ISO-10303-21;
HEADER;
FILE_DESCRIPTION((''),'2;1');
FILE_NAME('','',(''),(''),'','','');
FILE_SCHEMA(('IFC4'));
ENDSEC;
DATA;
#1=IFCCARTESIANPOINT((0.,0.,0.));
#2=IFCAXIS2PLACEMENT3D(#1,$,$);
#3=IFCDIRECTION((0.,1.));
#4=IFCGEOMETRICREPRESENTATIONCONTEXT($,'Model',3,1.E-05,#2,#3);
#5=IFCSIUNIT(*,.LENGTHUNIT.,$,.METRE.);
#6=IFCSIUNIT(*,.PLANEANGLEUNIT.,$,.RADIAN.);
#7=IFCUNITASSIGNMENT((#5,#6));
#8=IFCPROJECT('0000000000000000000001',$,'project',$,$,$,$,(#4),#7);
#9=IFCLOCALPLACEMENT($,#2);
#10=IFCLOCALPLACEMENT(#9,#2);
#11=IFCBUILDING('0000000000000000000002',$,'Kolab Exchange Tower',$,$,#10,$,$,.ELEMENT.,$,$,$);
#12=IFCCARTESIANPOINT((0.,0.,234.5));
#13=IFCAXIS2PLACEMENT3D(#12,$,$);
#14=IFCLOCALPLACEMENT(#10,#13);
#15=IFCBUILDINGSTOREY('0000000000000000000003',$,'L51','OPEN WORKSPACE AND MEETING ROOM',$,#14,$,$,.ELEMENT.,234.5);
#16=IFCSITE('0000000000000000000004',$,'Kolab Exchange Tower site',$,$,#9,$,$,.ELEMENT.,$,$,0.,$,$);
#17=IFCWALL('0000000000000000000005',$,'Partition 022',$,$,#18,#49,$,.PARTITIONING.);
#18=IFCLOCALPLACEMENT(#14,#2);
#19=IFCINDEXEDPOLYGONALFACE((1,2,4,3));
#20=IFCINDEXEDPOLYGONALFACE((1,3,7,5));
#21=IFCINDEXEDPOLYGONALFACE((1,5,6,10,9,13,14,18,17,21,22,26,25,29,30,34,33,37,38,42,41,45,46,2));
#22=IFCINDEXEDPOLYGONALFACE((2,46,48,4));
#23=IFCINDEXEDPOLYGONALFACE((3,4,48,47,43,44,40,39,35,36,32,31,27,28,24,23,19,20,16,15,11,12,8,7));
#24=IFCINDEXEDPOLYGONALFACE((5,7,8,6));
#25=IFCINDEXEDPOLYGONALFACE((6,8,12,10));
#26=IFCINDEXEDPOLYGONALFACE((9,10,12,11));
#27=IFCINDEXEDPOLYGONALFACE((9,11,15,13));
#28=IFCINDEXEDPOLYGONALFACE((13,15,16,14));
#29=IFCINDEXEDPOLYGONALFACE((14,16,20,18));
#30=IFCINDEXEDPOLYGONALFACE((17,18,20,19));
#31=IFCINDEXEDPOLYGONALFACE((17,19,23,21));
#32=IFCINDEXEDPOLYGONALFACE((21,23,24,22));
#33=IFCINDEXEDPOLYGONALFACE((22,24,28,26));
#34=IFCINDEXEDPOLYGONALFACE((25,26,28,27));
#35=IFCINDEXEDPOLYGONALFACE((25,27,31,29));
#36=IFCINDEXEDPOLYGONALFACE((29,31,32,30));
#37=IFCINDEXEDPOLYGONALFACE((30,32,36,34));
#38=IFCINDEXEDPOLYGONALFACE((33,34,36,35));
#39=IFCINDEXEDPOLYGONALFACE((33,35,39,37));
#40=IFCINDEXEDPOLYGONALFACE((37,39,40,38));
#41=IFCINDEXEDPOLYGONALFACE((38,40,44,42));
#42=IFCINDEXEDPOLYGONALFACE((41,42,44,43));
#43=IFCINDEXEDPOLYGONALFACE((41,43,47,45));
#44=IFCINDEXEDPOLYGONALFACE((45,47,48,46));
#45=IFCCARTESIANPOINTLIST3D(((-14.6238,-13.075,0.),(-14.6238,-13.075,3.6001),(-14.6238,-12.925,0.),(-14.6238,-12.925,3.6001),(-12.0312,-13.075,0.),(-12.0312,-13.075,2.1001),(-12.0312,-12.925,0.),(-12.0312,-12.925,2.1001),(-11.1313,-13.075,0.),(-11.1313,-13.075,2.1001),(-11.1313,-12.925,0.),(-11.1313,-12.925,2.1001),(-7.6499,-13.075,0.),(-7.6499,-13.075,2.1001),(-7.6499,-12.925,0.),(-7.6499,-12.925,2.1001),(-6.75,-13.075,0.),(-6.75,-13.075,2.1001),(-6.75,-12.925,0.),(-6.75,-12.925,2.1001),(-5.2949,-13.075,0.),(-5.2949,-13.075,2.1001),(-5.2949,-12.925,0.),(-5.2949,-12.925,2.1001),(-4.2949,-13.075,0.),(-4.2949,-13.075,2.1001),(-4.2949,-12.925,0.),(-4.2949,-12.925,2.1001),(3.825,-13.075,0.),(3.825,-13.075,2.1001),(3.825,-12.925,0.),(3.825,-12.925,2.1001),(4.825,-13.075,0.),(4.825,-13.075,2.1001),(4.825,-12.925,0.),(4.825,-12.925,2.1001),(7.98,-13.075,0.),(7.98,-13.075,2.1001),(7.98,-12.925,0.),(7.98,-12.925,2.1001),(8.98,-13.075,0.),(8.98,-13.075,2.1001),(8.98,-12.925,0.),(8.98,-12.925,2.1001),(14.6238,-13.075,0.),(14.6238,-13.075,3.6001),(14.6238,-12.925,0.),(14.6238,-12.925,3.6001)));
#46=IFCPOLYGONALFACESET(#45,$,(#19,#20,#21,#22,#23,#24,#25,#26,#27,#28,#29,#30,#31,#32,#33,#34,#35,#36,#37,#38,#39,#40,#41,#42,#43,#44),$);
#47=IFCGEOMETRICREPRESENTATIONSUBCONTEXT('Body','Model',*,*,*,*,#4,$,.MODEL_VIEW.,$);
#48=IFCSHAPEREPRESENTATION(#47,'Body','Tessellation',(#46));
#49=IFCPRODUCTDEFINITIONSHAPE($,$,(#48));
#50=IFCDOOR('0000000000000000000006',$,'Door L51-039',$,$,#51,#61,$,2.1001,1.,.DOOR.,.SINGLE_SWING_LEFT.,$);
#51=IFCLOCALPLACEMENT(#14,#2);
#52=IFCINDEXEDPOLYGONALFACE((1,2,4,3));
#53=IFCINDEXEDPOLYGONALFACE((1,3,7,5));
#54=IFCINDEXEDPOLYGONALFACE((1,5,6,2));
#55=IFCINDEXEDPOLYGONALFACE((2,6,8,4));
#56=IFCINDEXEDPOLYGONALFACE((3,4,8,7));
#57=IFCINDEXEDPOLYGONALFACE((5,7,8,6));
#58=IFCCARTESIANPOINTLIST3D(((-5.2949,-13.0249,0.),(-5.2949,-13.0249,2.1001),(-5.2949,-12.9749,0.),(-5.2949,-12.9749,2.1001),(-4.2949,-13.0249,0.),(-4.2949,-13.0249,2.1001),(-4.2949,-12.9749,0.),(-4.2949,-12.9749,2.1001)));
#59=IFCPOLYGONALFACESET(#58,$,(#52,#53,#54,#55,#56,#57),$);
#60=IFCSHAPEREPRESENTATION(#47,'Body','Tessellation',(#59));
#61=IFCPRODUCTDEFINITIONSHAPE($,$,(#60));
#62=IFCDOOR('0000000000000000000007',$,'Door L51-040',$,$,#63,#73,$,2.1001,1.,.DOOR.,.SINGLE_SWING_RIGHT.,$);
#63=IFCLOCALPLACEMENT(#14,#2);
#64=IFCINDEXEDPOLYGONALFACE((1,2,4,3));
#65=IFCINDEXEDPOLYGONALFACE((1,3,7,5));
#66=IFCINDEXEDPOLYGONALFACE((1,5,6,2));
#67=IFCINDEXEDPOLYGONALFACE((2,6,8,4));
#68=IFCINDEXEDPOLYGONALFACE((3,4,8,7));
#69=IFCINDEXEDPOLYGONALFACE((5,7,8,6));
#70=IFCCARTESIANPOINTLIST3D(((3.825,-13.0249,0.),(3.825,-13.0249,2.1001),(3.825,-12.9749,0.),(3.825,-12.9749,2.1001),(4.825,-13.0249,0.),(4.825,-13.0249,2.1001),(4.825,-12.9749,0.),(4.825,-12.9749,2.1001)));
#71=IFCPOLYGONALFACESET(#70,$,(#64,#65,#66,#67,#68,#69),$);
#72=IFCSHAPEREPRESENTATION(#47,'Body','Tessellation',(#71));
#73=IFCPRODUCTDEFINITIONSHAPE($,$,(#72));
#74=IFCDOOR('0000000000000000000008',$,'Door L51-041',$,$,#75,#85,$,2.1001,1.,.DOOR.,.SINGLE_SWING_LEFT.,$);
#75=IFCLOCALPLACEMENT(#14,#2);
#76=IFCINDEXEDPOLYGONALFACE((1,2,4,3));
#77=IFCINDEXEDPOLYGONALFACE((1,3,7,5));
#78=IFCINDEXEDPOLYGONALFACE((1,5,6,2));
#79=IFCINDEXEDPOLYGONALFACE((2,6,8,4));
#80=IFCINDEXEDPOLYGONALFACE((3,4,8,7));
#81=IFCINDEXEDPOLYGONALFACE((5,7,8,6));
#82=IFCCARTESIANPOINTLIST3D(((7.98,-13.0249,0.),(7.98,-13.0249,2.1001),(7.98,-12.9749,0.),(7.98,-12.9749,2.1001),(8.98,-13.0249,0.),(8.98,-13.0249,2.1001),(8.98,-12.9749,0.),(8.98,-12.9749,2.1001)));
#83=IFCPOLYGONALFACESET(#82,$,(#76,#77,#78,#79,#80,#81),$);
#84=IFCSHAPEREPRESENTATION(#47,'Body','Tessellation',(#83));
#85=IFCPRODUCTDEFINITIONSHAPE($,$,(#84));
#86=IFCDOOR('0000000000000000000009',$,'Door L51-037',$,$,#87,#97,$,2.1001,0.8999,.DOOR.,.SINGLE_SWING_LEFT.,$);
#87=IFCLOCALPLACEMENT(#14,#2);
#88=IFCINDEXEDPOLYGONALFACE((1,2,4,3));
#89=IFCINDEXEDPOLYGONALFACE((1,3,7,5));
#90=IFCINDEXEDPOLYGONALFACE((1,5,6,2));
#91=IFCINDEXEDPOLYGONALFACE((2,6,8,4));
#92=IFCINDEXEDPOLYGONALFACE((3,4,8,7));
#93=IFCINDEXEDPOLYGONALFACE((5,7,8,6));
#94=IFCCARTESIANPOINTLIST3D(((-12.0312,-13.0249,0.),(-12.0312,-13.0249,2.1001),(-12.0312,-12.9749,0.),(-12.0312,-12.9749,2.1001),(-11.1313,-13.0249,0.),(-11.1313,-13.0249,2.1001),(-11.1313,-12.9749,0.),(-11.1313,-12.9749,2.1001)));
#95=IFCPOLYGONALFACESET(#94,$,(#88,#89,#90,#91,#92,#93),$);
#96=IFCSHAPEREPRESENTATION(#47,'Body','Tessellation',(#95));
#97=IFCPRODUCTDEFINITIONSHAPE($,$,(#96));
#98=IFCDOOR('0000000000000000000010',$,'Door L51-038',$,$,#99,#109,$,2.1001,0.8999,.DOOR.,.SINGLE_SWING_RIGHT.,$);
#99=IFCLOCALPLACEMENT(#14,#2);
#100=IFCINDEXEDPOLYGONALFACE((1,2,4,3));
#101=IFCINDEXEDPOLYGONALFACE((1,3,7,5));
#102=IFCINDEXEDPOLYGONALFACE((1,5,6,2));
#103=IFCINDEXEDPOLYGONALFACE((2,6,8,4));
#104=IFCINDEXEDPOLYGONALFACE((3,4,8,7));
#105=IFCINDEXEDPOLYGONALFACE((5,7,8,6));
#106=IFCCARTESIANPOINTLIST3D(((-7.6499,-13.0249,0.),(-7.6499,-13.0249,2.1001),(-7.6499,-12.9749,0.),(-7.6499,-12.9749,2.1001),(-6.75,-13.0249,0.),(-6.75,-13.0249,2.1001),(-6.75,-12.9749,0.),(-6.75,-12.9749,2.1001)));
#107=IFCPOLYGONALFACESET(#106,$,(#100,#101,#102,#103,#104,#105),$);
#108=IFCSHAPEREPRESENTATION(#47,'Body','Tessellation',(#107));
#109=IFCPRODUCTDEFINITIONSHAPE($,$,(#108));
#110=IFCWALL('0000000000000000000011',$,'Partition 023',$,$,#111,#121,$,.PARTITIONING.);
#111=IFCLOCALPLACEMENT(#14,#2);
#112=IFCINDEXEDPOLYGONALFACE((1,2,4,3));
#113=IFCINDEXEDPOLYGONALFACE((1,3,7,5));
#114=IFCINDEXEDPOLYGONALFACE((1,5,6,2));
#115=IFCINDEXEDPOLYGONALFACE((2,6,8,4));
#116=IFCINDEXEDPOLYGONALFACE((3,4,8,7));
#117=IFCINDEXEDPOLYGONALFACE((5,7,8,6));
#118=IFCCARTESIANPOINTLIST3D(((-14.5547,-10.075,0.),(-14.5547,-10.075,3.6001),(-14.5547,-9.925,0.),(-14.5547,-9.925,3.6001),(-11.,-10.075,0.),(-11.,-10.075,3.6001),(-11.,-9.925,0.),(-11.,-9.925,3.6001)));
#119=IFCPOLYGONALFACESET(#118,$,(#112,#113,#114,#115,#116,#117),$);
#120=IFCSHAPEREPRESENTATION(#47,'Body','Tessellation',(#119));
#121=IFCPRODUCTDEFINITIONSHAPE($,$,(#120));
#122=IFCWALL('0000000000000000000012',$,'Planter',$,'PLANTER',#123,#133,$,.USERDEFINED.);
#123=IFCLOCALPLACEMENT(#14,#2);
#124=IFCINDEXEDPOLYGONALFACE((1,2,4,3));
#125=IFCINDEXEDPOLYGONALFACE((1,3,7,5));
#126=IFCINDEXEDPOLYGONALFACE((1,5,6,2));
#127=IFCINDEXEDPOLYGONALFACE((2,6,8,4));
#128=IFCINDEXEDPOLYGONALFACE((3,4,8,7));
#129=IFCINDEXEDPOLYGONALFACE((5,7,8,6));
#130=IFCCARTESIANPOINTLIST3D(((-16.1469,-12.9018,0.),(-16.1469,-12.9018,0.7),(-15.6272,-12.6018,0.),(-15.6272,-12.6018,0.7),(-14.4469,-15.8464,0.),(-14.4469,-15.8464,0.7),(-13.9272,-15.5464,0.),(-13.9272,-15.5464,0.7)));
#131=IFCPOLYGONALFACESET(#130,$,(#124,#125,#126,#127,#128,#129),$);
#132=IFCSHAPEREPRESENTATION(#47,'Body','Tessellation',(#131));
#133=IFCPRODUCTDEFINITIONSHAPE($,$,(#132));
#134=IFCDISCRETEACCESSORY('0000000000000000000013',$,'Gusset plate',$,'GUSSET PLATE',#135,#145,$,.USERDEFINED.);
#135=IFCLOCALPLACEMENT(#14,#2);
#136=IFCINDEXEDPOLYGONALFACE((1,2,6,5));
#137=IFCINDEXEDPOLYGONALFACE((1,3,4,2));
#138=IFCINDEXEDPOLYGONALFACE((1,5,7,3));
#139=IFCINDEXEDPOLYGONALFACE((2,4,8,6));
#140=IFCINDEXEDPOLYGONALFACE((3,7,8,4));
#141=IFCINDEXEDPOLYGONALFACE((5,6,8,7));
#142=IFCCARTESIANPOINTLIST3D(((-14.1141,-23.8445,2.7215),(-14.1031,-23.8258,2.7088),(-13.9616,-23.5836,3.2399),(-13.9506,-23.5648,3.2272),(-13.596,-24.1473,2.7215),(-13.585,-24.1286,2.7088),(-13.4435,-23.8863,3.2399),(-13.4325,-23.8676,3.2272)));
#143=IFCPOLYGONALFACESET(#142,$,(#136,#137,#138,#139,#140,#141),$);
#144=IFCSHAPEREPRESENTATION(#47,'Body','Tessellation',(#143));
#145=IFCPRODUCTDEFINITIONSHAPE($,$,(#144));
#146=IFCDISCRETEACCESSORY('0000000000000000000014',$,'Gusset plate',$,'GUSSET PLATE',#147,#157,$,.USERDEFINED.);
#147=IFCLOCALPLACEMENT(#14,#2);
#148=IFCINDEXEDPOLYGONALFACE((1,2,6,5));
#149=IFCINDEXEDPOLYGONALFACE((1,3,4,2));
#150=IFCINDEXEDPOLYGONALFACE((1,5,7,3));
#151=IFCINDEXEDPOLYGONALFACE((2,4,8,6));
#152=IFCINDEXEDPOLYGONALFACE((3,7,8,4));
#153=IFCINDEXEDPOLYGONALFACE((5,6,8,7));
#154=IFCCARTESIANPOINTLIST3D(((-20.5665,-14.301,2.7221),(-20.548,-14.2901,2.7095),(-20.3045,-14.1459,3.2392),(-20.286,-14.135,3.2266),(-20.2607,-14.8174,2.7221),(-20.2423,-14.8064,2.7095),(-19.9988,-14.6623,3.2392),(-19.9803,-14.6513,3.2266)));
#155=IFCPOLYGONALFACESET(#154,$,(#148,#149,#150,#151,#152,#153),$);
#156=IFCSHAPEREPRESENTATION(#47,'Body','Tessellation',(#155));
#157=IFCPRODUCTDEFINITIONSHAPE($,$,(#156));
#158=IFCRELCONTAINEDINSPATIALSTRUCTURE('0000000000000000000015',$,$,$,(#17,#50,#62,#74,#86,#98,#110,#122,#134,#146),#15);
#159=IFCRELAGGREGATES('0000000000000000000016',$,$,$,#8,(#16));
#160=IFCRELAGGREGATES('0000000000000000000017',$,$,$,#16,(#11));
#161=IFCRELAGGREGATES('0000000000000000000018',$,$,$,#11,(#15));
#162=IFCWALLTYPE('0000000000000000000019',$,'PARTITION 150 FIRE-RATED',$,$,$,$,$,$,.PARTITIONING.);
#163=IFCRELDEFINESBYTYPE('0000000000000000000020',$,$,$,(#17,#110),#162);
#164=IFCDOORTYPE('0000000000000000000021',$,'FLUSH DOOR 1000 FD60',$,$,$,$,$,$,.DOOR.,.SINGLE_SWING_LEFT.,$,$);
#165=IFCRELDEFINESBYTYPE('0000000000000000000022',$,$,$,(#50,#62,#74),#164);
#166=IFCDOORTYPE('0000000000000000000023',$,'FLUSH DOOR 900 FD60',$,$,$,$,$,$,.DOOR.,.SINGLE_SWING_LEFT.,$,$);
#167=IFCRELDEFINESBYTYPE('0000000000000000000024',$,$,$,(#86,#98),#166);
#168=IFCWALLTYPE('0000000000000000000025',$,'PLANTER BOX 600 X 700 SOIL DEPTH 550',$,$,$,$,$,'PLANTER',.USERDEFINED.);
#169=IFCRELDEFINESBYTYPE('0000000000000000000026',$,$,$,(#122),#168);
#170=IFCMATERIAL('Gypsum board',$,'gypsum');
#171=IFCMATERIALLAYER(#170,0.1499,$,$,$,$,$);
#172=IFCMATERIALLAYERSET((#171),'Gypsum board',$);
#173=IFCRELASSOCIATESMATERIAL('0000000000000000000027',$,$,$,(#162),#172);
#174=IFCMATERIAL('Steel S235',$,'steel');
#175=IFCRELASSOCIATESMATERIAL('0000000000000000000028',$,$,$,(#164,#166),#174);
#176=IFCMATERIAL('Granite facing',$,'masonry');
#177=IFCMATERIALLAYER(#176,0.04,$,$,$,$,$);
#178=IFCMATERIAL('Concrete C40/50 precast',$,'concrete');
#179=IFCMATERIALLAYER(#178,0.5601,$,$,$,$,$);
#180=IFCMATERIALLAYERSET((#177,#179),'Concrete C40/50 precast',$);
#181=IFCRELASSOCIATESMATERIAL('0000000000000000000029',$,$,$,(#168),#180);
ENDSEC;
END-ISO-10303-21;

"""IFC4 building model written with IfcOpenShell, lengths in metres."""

from ifc_helpers import new_model, si_unit, direction, frame, frame_2d, origin, origin_2d, place, context, subcontext, project, spatial, rectangle, extrude, material, layer, layer_set, type_object, element, fill, save


model = new_model("IFC4")

# Units and contexts
model_context = context("Model", 3, precision=1e-05, world=origin(), true_north=direction((0.0, 1.0)))
body_context = subcontext(model_context, "Body", "Model", "MODEL_VIEW")
ifc_project = project(units=[si_unit("LENGTHUNIT", "METRE"), si_unit("PLANEANGLEUNIT", "RADIAN")], contexts=[model_context])

# Site, building, storey
site_placement = place(None, origin())
site = spatial("IfcSite", under=ifc_project, at=site_placement, Name="Kolab Exchange Tower site", CompositionType="ELEMENT", RefElevation=0.0)
building_placement = place(site_placement, origin())
building = spatial("IfcBuilding", under=site, at=building_placement, Name="Kolab Exchange Tower", CompositionType="ELEMENT")
storey_placement = place(building_placement, frame((0.0, 0.0, 234.5)))
storey = spatial("IfcBuildingStorey", under=building, at=storey_placement, Name="L51", Description="OPEN WORKSPACE AND MEETING ROOM", CompositionType="ELEMENT", Elevation=234.5)

# Wall, openings, doors
ifc_material_1 = material(Name="Gypsum board", Category="gypsum")
ifc_layer_1 = layer(ifc_material_1, 0.1499)
ifc_layer_set_1 = layer_set([ifc_layer_1], Name="Gypsum board")
wall_type_1 = type_object("IfcWallType", Name="PARTITION 150 FIRE-RATED", PredefinedType="PARTITIONING", material=ifc_layer_set_1)
wall_1_placement = place(storey_placement, frame((-14.6238, -13.0, 0.0), z_axis=(0.0, 0.0, 1.0), x_axis=(1.0, 0.0, 0.0)))
wall_1 = element("IfcWall", 1, at=wall_1_placement, inside=storey, type_object=wall_type_1, Name="Partition 022", PredefinedType="PARTITIONING", context=body_context, shape_type="SweptSolid", body=[
    extrude(rectangle(XDim=29.2476, YDim=0.1499, at=frame_2d((14.6238, 0.0))), origin(), (0.0, 0.0, 1.0), 3.6001),
])
opening_1_placement = place(wall_1_placement, frame((2.5925, 0.0, 0.0)))
opening_1 = element("IfcOpeningElement", 2, at=opening_1_placement, cuts=wall_1, PredefinedType="OPENING", context=body_context, shape_type="SweptSolid", body=[
    extrude(rectangle(XDim=0.8999, YDim=2.1001, at=frame_2d((0.45, 1.05))), frame((0.0, 0.085, 0.0), z_axis=(0.0, -1.0, 0.0), x_axis=(1.0, 0.0, 0.0)), (0.0, 0.0, 1.0), 0.1699),
])
opening_2_placement = place(wall_1_placement, frame((6.9739, 0.0, 0.0)))
opening_2 = element("IfcOpeningElement", 3, at=opening_2_placement, cuts=wall_1, PredefinedType="OPENING", context=body_context, shape_type="SweptSolid", body=[
    extrude(rectangle(XDim=0.8999, YDim=2.1001, at=frame_2d((0.45, 1.05))), frame((0.0, 0.085, 0.0), z_axis=(0.0, -1.0, 0.0), x_axis=(1.0, 0.0, 0.0)), (0.0, 0.0, 1.0), 0.1699),
])
opening_3_placement = place(wall_1_placement, frame((9.3289, 0.0, 0.0)))
opening_3 = element("IfcOpeningElement", 4, at=opening_3_placement, cuts=wall_1, PredefinedType="OPENING", context=body_context, shape_type="SweptSolid", body=[
    extrude(rectangle(XDim=1.0, YDim=2.1001, at=frame_2d((0.5, 1.05))), frame((0.0, 0.085, 0.0), z_axis=(0.0, -1.0, 0.0), x_axis=(1.0, 0.0, 0.0)), (0.0, 0.0, 1.0), 0.1699),
])
opening_4_placement = place(wall_1_placement, frame((18.4487, 0.0, 0.0)))
opening_4 = element("IfcOpeningElement", 5, at=opening_4_placement, cuts=wall_1, PredefinedType="OPENING", context=body_context, shape_type="SweptSolid", body=[
    extrude(rectangle(XDim=1.0, YDim=2.1001, at=frame_2d((0.5, 1.05))), frame((0.0, 0.085, 0.0), z_axis=(0.0, -1.0, 0.0), x_axis=(1.0, 0.0, 0.0)), (0.0, 0.0, 1.0), 0.1699),
])
opening_5_placement = place(wall_1_placement, frame((22.6038, 0.0, 0.0)))
opening_5 = element("IfcOpeningElement", 6, at=opening_5_placement, cuts=wall_1, PredefinedType="OPENING", context=body_context, shape_type="SweptSolid", body=[
    extrude(rectangle(XDim=1.0, YDim=2.1001, at=frame_2d((0.5, 1.05))), frame((0.0, 0.085, 0.0), z_axis=(0.0, -1.0, 0.0), x_axis=(1.0, 0.0, 0.0)), (0.0, 0.0, 1.0), 0.1699),
])
ifc_material_2 = material(Name="Steel S235", Category="steel")
door_type_1 = type_object("IfcDoorType", Name="FLUSH DOOR 1000 FD60", OperationType="SINGLE_SWING_LEFT", PredefinedType="DOOR", material=ifc_material_2)
door_1_placement = place(opening_3_placement, frame((1.0, 0.0, 0.0), z_axis=(0.0, 0.0, 1.0), x_axis=(-1.0, 0.0, 0.0)))
door_1 = element("IfcDoor", 7, at=door_1_placement, inside=storey, type_object=door_type_1, Name="Door L51-039", OperationType="SINGLE_SWING_LEFT", OverallHeight=2.1001, OverallWidth=1.0, PredefinedType="DOOR", context=body_context, shape_type="SweptSolid", body=[
    extrude(rectangle(XDim=1.0, YDim=2.1001, at=frame_2d((0.5, 1.05))), frame((0.0, 0.0249, 0.0), z_axis=(0.0, -1.0, 0.0), x_axis=(1.0, 0.0, 0.0)), (0.0, 0.0, 1.0), 0.05),
])
fill(opening_3, door_1)
door_2_placement = place(opening_4_placement, frame((1.0, 0.0, 0.0), z_axis=(0.0, 0.0, 1.0), x_axis=(-1.0, 0.0, 0.0)))
door_2 = element("IfcDoor", 8, at=door_2_placement, inside=storey, type_object=door_type_1, Name="Door L51-040", OperationType="SINGLE_SWING_RIGHT", OverallHeight=2.1001, OverallWidth=1.0, PredefinedType="DOOR", context=body_context, shape_type="SweptSolid", body=[
    extrude(rectangle(XDim=1.0, YDim=2.1001, at=frame_2d((0.5, 1.05))), frame((0.0, 0.0249, 0.0), z_axis=(0.0, -1.0, 0.0), x_axis=(1.0, 0.0, 0.0)), (0.0, 0.0, 1.0), 0.05),
])
fill(opening_4, door_2)
door_3_placement = place(opening_5_placement, frame((1.0, 0.0, 0.0), z_axis=(0.0, 0.0, 1.0), x_axis=(-1.0, 0.0, 0.0)))
door_3 = element("IfcDoor", 9, at=door_3_placement, inside=storey, type_object=door_type_1, Name="Door L51-041", OperationType="SINGLE_SWING_LEFT", OverallHeight=2.1001, OverallWidth=1.0, PredefinedType="DOOR", context=body_context, shape_type="SweptSolid", body=[
    extrude(rectangle(XDim=1.0, YDim=2.1001, at=frame_2d((0.5, 1.05))), frame((0.0, 0.0249, 0.0), z_axis=(0.0, -1.0, 0.0), x_axis=(1.0, 0.0, 0.0)), (0.0, 0.0, 1.0), 0.05),
])
fill(opening_5, door_3)
door_type_2 = type_object("IfcDoorType", Name="FLUSH DOOR 900 FD60", OperationType="SINGLE_SWING_LEFT", PredefinedType="DOOR", material=ifc_material_2)
door_4_placement = place(opening_1_placement, frame((0.8999, 0.0, 0.0), z_axis=(0.0, 0.0, 1.0), x_axis=(-1.0, 0.0, 0.0)))
door_4 = element("IfcDoor", 10, at=door_4_placement, inside=storey, type_object=door_type_2, Name="Door L51-037", OperationType="SINGLE_SWING_LEFT", OverallHeight=2.1001, OverallWidth=0.8999, PredefinedType="DOOR", context=body_context, shape_type="SweptSolid", body=[
    extrude(rectangle(XDim=0.8999, YDim=2.1001, at=frame_2d((0.45, 1.05))), frame((0.0, 0.0249, 0.0), z_axis=(0.0, -1.0, 0.0), x_axis=(1.0, 0.0, 0.0)), (0.0, 0.0, 1.0), 0.05),
])
fill(opening_1, door_4)
door_5_placement = place(opening_2_placement, frame((0.8999, 0.0, 0.0), z_axis=(0.0, 0.0, 1.0), x_axis=(-1.0, 0.0, 0.0)))
door_5 = element("IfcDoor", 11, at=door_5_placement, inside=storey, type_object=door_type_2, Name="Door L51-038", OperationType="SINGLE_SWING_RIGHT", OverallHeight=2.1001, OverallWidth=0.8999, PredefinedType="DOOR", context=body_context, shape_type="SweptSolid", body=[
    extrude(rectangle(XDim=0.8999, YDim=2.1001, at=frame_2d((0.45, 1.05))), frame((0.0, 0.0249, 0.0), z_axis=(0.0, -1.0, 0.0), x_axis=(1.0, 0.0, 0.0)), (0.0, 0.0, 1.0), 0.05),
])
fill(opening_2, door_5)

# Walls
wall_2_placement = place(storey_placement, frame((-14.5547, -10.0, 0.0), z_axis=(0.0, 0.0, 1.0), x_axis=(1.0, 0.0, 0.0)))
element("IfcWall", 12, at=wall_2_placement, inside=storey, type_object=wall_type_1, Name="Partition 023", PredefinedType="PARTITIONING", context=body_context, shape_type="SweptSolid", body=[
    extrude(rectangle(XDim=3.5547, YDim=0.1499, at=frame_2d((1.7773, 0.0))), origin(), (0.0, 0.0, 1.0), 3.6001),
])
ifc_material_3 = material(Name="Granite facing", Category="masonry")
ifc_layer_2 = layer(ifc_material_3, 0.04)
ifc_material_4 = material(Name="Concrete C40/50 precast", Category="concrete")
ifc_layer_3 = layer(ifc_material_4, 0.5601)
ifc_layer_set_2 = layer_set([ifc_layer_2, ifc_layer_3], Name="Concrete C40/50 precast")
wall_type_2 = type_object("IfcWallType", Name="PLANTER BOX 600 X 700 SOIL DEPTH 550", ElementType="PLANTER", PredefinedType="USERDEFINED", material=ifc_layer_set_2)
wall_3_placement = place(storey_placement, frame((-14.187, -15.6965, 0.0), z_axis=(0.0, 0.0, 1.0), x_axis=(-0.499977, 0.866039, 0.0)))
element("IfcWall", 13, at=wall_3_placement, inside=storey, type_object=wall_type_2, Name="Planter", ObjectType="PLANTER", PredefinedType="USERDEFINED", context=body_context, shape_type="SweptSolid", body=[
    extrude(rectangle(XDim=3.4001, YDim=0.6001, at=frame_2d((1.7002, 0.0))), origin(), (0.0, 0.0, 1.0), 0.7),
])

# Discrete accessories
discrete_accessory_1_placement = place(storey_placement, frame((-13.7678, -23.8467, 2.968), z_axis=(-0.435888, -0.745852, 0.503693), x_axis=(0.863372, -0.504568, 0.0)))
element("IfcDiscreteAccessory", 14, at=discrete_accessory_1_placement, inside=storey, Name="Gusset plate", ObjectType="GUSSET PLATE", PredefinedType="USERDEFINED", context=body_context, shape_type="SweptSolid", body=[
    extrude(rectangle(XDim=0.6001, YDim=0.6001, at=origin_2d()), origin(), (0.0, 0.0, 1.0), 0.0251),
])
discrete_accessory_2_placement = place(storey_placement, frame((-20.2642, -14.4707, 2.968), z_axis=(-0.741508, -0.439051, 0.507347), x_axis=(0.509492, -0.860475, 0.0)))
element("IfcDiscreteAccessory", 15, at=discrete_accessory_2_placement, inside=storey, Name="Gusset plate", ObjectType="GUSSET PLATE", PredefinedType="USERDEFINED", context=body_context, shape_type="SweptSolid", body=[
    extrude(rectangle(XDim=0.6001, YDim=0.6001, at=origin_2d()), origin(), (0.0, 0.0, 1.0), 0.0249),
])

save(model, "model.ifc")
